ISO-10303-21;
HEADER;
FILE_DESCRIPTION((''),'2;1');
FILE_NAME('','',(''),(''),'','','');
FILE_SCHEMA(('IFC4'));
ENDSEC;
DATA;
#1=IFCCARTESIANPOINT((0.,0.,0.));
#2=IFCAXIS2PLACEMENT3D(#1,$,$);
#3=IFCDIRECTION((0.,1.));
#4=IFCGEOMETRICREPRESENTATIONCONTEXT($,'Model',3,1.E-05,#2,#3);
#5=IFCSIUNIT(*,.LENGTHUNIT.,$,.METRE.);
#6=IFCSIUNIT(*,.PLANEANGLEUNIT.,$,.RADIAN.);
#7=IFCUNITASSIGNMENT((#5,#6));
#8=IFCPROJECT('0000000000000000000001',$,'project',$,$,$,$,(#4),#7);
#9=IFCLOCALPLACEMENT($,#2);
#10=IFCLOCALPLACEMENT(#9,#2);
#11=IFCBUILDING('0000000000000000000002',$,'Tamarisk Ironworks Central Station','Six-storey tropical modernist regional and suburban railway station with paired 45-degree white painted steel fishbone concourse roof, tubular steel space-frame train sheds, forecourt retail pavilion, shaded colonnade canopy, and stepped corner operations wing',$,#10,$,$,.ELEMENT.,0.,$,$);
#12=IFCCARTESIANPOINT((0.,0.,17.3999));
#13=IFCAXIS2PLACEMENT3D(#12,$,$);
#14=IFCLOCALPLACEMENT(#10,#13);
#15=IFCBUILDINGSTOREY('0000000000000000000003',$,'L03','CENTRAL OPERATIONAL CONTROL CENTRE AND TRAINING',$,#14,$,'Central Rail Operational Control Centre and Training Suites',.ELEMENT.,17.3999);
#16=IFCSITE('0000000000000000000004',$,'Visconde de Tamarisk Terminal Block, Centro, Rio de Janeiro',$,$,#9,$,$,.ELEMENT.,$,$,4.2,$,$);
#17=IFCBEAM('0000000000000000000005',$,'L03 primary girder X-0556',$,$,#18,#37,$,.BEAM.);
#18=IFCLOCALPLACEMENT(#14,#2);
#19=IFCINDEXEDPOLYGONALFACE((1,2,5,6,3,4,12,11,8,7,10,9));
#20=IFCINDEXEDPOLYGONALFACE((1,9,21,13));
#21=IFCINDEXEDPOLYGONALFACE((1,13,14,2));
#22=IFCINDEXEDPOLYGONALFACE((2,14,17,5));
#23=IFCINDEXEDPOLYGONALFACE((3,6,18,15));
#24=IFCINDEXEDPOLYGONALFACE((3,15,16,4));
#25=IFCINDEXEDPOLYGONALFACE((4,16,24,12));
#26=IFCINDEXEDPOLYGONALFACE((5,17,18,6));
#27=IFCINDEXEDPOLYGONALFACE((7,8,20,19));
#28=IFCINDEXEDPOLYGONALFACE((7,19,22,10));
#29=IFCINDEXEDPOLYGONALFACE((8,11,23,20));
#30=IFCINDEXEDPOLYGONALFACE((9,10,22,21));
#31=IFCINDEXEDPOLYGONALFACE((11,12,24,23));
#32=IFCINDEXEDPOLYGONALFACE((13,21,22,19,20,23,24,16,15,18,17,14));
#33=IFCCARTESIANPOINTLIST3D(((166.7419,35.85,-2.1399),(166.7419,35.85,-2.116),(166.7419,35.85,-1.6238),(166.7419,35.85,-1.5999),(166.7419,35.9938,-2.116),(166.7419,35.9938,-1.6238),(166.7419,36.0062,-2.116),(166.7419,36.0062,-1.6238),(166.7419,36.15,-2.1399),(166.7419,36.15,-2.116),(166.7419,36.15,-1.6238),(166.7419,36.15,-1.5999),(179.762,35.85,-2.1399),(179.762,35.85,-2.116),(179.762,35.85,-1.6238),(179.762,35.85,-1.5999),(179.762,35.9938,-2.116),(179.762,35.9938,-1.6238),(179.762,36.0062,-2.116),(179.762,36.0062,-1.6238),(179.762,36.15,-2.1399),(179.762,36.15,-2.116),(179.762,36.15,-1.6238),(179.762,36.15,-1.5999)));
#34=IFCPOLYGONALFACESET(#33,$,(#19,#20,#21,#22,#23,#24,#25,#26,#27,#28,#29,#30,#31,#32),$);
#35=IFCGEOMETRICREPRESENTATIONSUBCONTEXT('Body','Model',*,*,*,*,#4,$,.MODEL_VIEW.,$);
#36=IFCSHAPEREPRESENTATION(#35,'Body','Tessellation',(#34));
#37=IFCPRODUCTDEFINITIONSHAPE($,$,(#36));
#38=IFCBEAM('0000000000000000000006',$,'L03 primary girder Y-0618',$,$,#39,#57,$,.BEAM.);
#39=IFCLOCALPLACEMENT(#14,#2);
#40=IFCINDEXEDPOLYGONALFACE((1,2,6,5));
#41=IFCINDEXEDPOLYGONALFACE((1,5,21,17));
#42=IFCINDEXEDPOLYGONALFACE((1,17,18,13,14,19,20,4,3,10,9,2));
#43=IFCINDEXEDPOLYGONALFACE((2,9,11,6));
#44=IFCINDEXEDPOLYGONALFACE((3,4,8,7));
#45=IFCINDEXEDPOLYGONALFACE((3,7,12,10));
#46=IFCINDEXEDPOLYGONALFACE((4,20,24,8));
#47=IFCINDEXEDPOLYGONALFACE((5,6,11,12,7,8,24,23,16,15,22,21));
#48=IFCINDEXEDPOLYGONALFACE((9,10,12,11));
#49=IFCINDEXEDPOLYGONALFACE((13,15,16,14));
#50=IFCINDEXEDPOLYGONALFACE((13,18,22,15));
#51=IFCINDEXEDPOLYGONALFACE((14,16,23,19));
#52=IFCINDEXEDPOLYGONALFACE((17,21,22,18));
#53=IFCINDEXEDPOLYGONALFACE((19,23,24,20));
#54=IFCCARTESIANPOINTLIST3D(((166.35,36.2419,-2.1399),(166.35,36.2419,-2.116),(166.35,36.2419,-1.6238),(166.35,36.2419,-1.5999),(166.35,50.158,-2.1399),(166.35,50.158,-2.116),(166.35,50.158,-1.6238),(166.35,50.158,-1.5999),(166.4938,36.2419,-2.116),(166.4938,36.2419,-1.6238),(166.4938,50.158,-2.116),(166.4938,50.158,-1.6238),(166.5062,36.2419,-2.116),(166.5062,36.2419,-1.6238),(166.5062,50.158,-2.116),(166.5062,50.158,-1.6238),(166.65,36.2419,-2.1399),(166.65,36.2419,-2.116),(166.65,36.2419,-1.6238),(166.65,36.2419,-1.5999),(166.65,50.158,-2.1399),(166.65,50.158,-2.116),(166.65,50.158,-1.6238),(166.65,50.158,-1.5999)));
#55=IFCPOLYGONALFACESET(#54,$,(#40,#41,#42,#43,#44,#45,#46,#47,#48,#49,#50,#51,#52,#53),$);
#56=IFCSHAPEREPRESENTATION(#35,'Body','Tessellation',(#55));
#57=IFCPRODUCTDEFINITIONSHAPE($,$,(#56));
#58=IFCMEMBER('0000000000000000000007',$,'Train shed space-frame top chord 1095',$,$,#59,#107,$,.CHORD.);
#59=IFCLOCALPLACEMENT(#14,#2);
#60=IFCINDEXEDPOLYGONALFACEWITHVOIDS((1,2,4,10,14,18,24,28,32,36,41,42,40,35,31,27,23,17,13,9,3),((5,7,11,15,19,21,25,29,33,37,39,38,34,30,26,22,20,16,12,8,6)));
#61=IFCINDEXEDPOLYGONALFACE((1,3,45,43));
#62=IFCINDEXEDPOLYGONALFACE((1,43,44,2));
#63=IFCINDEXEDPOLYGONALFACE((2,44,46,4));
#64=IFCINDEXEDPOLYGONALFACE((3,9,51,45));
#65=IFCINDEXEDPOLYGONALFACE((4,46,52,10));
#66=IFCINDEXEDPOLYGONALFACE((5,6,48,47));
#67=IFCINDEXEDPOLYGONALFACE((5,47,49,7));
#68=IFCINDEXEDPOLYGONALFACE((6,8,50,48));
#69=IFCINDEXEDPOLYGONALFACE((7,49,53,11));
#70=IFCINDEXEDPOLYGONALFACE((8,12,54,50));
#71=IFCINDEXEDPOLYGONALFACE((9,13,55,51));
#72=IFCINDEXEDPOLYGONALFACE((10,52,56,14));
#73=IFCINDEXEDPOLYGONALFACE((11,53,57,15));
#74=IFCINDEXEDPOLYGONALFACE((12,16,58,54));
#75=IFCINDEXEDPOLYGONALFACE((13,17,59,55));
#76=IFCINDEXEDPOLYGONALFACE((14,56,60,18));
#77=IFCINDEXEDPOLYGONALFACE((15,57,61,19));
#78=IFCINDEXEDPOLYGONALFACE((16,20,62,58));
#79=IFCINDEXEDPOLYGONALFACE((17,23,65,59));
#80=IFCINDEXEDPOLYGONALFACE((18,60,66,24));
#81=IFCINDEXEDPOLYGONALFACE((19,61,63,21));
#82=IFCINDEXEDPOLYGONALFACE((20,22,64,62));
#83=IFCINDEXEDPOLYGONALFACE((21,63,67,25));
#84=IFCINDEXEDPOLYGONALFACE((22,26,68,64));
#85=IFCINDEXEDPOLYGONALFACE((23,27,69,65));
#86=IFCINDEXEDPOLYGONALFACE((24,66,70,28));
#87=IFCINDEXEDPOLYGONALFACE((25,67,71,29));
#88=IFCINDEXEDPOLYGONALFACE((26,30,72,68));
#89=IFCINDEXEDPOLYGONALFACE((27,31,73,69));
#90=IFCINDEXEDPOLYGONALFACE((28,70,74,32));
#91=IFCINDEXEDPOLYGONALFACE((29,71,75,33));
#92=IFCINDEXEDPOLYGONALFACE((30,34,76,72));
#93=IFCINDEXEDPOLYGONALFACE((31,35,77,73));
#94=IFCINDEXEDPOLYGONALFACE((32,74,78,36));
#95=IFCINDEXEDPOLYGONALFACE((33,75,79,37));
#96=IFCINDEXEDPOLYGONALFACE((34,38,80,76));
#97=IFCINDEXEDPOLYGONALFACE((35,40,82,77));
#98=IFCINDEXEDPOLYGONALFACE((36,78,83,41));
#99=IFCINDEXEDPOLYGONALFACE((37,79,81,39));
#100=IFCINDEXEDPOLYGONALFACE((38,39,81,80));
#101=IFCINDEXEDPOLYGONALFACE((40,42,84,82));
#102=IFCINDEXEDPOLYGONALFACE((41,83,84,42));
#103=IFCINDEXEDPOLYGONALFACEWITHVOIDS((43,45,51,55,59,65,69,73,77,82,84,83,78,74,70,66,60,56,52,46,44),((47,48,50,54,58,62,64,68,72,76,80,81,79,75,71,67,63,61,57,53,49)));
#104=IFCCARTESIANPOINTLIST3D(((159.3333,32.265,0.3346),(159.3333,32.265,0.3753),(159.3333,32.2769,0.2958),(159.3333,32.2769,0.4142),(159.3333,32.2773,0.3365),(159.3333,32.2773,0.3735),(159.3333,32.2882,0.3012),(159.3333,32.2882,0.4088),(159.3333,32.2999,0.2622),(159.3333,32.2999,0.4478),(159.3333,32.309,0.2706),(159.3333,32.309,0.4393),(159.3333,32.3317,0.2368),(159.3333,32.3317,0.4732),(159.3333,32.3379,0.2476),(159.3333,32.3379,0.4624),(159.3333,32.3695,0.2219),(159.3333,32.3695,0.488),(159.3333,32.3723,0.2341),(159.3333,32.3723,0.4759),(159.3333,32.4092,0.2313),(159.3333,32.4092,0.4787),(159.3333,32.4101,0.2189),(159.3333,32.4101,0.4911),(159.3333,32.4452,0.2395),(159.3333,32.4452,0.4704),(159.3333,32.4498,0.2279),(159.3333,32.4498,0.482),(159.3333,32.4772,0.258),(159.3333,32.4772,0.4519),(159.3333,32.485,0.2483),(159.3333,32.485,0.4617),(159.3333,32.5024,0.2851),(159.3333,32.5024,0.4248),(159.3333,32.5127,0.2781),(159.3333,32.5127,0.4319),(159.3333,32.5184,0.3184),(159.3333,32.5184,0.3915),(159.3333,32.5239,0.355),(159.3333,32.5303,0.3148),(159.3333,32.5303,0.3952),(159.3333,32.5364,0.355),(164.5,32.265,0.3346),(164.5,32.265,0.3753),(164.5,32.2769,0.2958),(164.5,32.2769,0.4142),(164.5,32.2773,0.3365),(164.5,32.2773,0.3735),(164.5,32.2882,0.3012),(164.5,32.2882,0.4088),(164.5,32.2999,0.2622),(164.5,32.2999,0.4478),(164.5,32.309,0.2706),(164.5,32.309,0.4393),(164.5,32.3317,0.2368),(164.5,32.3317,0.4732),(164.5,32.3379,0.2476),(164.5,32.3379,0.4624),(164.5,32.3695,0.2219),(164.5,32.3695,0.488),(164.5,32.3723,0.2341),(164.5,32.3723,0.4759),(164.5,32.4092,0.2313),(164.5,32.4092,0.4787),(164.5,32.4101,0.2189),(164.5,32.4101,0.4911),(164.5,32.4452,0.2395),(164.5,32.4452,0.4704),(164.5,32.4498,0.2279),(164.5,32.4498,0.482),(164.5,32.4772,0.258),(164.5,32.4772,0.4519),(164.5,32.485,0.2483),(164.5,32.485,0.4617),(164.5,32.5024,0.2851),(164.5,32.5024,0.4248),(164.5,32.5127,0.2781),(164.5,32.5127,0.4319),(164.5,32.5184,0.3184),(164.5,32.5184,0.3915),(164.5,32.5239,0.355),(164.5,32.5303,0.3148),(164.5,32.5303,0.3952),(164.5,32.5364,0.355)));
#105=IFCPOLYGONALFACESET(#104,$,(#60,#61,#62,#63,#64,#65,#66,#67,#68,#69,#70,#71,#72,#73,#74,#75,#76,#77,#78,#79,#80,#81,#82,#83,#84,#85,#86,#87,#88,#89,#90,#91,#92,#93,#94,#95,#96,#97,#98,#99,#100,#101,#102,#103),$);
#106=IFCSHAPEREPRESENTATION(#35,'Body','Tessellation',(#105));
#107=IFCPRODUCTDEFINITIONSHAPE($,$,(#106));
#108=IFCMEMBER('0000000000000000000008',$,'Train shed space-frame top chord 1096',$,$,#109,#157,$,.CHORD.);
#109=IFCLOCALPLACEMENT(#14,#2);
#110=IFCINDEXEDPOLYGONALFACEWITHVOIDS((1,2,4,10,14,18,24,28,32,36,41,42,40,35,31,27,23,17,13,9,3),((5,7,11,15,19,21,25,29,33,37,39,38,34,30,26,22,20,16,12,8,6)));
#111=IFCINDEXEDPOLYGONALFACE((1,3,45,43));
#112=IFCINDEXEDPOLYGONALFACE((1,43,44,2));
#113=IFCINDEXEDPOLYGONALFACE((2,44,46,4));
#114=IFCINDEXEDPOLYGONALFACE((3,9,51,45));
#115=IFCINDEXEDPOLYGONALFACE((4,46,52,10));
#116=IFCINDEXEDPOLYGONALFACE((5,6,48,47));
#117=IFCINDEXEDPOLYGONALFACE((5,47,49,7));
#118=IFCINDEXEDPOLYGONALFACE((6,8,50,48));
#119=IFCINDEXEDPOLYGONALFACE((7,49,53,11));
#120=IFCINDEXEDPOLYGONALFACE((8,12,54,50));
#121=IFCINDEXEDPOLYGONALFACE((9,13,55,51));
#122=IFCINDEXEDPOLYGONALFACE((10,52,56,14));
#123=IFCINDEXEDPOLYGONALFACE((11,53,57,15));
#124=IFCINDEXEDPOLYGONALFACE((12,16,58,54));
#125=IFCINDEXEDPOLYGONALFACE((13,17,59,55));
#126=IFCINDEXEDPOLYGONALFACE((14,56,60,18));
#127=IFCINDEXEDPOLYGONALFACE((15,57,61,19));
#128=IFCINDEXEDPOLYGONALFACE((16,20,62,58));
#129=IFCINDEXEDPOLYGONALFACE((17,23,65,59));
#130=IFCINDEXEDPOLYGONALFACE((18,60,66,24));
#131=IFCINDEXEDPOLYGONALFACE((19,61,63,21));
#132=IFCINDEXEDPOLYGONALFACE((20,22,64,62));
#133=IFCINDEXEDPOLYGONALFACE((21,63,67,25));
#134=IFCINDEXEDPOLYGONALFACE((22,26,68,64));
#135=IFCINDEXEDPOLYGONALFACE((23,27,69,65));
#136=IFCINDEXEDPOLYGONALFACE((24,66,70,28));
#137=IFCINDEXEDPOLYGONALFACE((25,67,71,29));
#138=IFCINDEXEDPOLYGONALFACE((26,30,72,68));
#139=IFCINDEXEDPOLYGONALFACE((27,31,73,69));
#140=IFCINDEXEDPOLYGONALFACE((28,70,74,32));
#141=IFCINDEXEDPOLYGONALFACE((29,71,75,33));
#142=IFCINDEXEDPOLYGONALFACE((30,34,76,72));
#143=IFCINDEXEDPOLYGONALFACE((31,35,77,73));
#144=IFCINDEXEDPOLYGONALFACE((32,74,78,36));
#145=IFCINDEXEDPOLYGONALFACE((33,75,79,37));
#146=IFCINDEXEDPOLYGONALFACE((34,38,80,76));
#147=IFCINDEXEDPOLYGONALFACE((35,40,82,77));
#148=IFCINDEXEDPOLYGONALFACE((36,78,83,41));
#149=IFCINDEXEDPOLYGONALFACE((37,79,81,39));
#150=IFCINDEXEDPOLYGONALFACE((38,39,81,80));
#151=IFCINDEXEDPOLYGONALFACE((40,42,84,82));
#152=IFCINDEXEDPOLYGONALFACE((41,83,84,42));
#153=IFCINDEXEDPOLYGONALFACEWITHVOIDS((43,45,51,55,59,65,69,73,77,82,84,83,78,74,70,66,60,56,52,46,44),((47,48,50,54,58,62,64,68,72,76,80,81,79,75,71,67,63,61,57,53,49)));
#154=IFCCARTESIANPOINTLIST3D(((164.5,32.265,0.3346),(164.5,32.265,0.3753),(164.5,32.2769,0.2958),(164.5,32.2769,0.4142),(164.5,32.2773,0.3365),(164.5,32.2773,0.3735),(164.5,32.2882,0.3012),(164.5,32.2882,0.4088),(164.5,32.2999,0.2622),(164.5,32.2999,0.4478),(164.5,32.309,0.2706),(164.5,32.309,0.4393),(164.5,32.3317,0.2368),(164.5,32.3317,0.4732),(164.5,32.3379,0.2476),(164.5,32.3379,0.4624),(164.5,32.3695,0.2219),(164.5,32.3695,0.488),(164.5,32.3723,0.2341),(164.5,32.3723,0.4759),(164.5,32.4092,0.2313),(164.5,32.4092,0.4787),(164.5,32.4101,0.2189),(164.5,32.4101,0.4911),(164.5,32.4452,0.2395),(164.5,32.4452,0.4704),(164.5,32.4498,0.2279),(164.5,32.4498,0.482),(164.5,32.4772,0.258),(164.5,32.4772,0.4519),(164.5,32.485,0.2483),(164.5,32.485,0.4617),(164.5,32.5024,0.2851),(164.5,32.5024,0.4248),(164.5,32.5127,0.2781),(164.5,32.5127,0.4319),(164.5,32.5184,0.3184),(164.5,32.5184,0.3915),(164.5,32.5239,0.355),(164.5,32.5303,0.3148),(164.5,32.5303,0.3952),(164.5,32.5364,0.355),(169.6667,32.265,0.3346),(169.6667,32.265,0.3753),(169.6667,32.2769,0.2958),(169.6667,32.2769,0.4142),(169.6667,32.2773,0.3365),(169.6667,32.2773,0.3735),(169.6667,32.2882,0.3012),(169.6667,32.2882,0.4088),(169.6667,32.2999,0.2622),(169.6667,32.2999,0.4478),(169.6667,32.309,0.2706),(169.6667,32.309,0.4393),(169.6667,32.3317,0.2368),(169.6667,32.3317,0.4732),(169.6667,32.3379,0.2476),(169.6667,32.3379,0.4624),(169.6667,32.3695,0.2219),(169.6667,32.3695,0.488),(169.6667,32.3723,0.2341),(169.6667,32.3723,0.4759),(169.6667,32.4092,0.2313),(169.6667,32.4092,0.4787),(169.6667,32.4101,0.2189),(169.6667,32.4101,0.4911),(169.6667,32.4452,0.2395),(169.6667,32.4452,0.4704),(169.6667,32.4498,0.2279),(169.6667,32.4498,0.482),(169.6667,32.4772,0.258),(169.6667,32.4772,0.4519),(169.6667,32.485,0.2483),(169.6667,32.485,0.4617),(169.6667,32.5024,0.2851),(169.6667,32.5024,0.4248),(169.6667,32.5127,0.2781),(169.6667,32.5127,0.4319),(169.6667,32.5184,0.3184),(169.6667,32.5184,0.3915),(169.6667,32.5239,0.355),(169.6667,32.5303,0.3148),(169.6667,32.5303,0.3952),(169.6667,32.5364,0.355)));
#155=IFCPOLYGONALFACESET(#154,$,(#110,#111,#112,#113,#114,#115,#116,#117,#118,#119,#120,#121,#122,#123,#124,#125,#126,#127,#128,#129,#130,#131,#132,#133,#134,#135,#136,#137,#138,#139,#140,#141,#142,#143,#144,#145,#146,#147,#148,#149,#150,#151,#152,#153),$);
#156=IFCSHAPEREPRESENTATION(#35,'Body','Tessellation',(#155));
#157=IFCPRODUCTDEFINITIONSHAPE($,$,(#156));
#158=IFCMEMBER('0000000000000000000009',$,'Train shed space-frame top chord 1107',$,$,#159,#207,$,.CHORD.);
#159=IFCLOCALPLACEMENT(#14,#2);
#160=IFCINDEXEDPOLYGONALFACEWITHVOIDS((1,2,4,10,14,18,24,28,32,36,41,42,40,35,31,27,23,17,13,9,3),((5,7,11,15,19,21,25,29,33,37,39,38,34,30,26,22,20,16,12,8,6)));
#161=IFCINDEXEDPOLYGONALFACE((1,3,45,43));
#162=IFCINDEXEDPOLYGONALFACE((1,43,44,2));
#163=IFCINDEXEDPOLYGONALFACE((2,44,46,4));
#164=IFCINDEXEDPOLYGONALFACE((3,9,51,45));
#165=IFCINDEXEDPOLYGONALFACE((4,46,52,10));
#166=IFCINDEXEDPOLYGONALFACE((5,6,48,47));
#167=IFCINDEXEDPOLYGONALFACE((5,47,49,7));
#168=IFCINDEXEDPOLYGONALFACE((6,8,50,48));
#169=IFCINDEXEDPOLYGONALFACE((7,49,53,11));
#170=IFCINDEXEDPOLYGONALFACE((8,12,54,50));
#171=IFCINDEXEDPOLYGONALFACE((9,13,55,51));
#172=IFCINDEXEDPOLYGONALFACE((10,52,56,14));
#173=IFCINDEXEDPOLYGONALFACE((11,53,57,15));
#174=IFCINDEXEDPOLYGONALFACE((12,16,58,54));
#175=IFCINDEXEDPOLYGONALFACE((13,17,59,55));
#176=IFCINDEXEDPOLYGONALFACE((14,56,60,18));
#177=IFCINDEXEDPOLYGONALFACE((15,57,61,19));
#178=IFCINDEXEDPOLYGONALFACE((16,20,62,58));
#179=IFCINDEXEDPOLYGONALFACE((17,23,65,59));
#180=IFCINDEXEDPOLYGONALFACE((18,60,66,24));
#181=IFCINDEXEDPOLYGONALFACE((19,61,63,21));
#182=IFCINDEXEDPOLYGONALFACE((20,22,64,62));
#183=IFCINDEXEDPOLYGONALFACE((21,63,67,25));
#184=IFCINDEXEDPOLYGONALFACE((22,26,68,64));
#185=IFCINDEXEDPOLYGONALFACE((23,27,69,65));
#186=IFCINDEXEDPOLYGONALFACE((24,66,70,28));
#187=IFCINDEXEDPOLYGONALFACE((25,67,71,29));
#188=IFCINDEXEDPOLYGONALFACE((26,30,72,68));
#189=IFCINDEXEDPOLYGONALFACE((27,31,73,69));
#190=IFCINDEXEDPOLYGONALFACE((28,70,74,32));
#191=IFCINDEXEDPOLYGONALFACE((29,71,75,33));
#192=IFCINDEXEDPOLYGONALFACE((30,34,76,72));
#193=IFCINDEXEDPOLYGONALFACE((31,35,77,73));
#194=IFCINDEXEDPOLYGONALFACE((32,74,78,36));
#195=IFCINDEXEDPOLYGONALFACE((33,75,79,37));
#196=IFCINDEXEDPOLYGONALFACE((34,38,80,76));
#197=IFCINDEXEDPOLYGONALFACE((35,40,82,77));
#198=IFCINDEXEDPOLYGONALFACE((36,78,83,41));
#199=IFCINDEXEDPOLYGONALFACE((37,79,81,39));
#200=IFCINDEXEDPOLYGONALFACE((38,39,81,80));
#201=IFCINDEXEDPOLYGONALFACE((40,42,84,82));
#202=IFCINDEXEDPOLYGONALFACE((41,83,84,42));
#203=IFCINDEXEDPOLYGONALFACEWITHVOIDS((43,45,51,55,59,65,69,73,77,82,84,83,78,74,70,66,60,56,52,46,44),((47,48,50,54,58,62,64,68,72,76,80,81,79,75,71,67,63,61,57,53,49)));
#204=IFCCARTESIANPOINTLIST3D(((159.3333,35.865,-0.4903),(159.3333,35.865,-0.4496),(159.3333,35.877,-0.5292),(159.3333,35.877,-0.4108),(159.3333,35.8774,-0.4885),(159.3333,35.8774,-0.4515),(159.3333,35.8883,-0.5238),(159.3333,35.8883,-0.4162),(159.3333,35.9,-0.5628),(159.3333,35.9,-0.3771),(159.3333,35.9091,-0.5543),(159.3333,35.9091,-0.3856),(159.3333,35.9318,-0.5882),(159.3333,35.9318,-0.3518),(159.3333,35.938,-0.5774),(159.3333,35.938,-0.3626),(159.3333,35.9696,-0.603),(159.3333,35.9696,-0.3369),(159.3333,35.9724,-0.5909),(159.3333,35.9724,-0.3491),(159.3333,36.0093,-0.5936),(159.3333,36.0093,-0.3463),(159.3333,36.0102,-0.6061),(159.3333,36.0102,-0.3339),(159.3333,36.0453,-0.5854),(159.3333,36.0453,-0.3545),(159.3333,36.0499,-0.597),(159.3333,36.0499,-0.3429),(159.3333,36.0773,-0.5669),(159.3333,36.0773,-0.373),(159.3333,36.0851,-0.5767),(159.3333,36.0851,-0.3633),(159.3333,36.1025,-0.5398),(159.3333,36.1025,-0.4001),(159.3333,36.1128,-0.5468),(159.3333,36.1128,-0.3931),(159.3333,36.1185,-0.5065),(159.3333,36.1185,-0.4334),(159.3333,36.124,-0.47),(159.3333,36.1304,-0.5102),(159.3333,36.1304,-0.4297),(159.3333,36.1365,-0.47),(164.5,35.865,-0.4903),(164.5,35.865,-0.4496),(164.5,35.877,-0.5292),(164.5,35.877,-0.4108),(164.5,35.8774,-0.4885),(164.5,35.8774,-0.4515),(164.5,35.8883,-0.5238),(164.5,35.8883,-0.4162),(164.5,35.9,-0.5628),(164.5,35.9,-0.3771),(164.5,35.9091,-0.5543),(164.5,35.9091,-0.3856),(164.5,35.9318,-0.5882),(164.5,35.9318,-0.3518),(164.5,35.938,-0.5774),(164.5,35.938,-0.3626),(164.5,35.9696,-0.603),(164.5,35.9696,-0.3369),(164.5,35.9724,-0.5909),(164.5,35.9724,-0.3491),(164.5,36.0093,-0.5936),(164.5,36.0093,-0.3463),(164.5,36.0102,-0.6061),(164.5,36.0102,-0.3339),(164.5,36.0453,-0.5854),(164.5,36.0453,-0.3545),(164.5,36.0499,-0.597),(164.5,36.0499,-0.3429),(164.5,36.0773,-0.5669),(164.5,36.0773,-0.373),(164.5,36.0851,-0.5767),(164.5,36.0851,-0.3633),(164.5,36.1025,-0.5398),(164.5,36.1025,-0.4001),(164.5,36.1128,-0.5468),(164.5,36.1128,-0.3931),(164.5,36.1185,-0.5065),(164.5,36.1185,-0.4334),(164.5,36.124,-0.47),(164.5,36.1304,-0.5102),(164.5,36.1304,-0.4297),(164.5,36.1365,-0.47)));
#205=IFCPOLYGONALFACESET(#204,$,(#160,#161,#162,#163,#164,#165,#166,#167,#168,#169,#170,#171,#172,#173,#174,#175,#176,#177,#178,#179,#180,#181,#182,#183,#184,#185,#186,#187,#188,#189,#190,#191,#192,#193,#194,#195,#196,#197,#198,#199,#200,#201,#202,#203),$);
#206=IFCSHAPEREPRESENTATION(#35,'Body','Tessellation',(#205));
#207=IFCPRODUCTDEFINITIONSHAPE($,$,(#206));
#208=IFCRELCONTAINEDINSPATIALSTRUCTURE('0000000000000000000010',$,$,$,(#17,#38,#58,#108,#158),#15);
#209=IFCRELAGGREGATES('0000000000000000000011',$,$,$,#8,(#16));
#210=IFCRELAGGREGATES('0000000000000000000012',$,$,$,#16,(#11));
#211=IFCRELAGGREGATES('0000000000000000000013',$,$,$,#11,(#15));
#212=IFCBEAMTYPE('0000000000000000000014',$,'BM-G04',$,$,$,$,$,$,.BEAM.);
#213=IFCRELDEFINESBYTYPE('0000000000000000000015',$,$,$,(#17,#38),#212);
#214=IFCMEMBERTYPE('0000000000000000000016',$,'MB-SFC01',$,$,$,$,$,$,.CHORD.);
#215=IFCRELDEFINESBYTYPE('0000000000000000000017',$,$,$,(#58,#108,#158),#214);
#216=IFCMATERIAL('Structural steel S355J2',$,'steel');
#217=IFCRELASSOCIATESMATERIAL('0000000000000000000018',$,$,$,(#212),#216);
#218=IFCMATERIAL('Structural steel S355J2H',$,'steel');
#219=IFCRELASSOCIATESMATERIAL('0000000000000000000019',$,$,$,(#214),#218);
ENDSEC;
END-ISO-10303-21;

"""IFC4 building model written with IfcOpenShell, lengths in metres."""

from ifc_helpers import new_model, si_unit, direction, frame, origin, origin_2d, place, context, subcontext, project, spatial, hollow_circle, i_section, extrude, material, material_profile, profile_set, type_object, element, save


model = new_model("IFC4")

# Units and contexts
model_context = context("Model", 3, precision=1e-05, world=origin(), true_north=direction((0.0, 1.0)))
body_context = subcontext(model_context, "Body", "Model", "MODEL_VIEW")
ifc_project = project(units=[si_unit("LENGTHUNIT", "METRE"), si_unit("PLANEANGLEUNIT", "RADIAN")], contexts=[model_context])

# Site, building, storey
site_placement = place(None, origin())
site = spatial("IfcSite", under=ifc_project, at=site_placement, Name="Visconde de Tamarisk Terminal Block, Centro, Rio de Janeiro", CompositionType="ELEMENT", RefElevation=4.2)
building_placement = place(site_placement, origin())
building = spatial("IfcBuilding", under=site, at=building_placement, Name="Tamarisk Ironworks Central Station", Description="Six-storey tropical modernist regional and suburban railway station with paired 45-degree white painted steel fishbone concourse roof, tubular steel space-frame train sheds, forecourt retail pavilion, shaded colonnade canopy, and stepped corner operations wing", CompositionType="ELEMENT", ElevationOfRefHeight=0.0)
storey_placement = place(building_placement, frame((0.0, 0.0, 17.3999)))
storey = spatial("IfcBuildingStorey", under=building, at=storey_placement, Name="L03", Description="CENTRAL OPERATIONAL CONTROL CENTRE AND TRAINING", LongName="Central Rail Operational Control Centre and Training Suites", CompositionType="ELEMENT", Elevation=17.3999)

# Beams
ifc_material_1 = material(Name="Structural steel S355J2", Category="steel")
ifc_material_profile_1 = material_profile(ifc_material_1, i_section(OverallWidth=0.3, OverallDepth=0.54, WebThickness=0.0125, FlangeThickness=0.0239, at=origin_2d()), Name="HEA 550")
ifc_profile_set_1 = profile_set([ifc_material_profile_1], Name="Structural steel S355J2")
beam_type = type_object("IfcBeamType", Name="BM-G04", PredefinedType="BEAM", material=ifc_profile_set_1)
beam_1_placement = place(storey_placement, frame((166.7419, 36.0, -1.8699), z_axis=(1.0, 0.0, 0.0), x_axis=(0.0, 1.0, 0.0)))
element("IfcBeam", 1, at=beam_1_placement, inside=storey, type_object=beam_type, Name="L03 primary girder X-0556", PredefinedType="BEAM", context=body_context, shape_type="SweptSolid", body=[
    extrude(i_section(OverallWidth=0.3, OverallDepth=0.54, WebThickness=0.0125, FlangeThickness=0.0239, at=origin_2d()), origin(), (0.0, 0.0, 1.0), 13.02),
])
beam_2_placement = place(storey_placement, frame((166.5, 36.2419, -1.8699), z_axis=(0.0, 1.0, 0.0), x_axis=(-1.0, 0.0, 0.0)))
element("IfcBeam", 2, at=beam_2_placement, inside=storey, type_object=beam_type, Name="L03 primary girder Y-0618", PredefinedType="BEAM", context=body_context, shape_type="SweptSolid", body=[
    extrude(i_section(OverallWidth=0.3, OverallDepth=0.54, WebThickness=0.0125, FlangeThickness=0.0239, at=origin_2d()), origin(), (0.0, 0.0, 1.0), 13.916),
])

# Members
ifc_material_2 = material(Name="Structural steel S355J2H", Category="steel")
ifc_material_profile_2 = material_profile(ifc_material_2, hollow_circle(Radius=0.1365, WallThickness=0.0125, at=origin_2d()), Name="CHS 273x12.5")
ifc_profile_set_2 = profile_set([ifc_material_profile_2], Name="Structural steel S355J2H")
member_type_1 = type_object("IfcMemberType", Name="MB-SFC01", PredefinedType="CHORD", material=ifc_profile_set_2)
for number, where, z_axis, x_axis, name in (
    (3, (159.3333, 32.3999, 0.355), (1.0, 0.0, 0.0), (0.0, 1.0, 0.0), "Train shed space-frame top chord 1095"),
    (4, (164.5, 32.3999, 0.355), (1.0, 0.0, 0.0), (0.0, 1.0, 0.0), "Train shed space-frame top chord 1096"),
    (5, (159.3333, 36.0, -0.47), (1.0, 0.0, 0.0), (0.0, 1.0, 0.0), "Train shed space-frame top chord 1107"),
):
    element("IfcMember", number, at=place(storey_placement, frame(where, z_axis=z_axis, x_axis=x_axis)), inside=storey, type_object=member_type_1, Name=name, PredefinedType="CHORD", context=body_context, shape_type="SweptSolid", body=[
        extrude(hollow_circle(Radius=0.1365, WallThickness=0.0125, at=origin_2d()), origin(), (0.0, 0.0, 1.0), 5.1667),
    ])

save(model, "model.ifc")
